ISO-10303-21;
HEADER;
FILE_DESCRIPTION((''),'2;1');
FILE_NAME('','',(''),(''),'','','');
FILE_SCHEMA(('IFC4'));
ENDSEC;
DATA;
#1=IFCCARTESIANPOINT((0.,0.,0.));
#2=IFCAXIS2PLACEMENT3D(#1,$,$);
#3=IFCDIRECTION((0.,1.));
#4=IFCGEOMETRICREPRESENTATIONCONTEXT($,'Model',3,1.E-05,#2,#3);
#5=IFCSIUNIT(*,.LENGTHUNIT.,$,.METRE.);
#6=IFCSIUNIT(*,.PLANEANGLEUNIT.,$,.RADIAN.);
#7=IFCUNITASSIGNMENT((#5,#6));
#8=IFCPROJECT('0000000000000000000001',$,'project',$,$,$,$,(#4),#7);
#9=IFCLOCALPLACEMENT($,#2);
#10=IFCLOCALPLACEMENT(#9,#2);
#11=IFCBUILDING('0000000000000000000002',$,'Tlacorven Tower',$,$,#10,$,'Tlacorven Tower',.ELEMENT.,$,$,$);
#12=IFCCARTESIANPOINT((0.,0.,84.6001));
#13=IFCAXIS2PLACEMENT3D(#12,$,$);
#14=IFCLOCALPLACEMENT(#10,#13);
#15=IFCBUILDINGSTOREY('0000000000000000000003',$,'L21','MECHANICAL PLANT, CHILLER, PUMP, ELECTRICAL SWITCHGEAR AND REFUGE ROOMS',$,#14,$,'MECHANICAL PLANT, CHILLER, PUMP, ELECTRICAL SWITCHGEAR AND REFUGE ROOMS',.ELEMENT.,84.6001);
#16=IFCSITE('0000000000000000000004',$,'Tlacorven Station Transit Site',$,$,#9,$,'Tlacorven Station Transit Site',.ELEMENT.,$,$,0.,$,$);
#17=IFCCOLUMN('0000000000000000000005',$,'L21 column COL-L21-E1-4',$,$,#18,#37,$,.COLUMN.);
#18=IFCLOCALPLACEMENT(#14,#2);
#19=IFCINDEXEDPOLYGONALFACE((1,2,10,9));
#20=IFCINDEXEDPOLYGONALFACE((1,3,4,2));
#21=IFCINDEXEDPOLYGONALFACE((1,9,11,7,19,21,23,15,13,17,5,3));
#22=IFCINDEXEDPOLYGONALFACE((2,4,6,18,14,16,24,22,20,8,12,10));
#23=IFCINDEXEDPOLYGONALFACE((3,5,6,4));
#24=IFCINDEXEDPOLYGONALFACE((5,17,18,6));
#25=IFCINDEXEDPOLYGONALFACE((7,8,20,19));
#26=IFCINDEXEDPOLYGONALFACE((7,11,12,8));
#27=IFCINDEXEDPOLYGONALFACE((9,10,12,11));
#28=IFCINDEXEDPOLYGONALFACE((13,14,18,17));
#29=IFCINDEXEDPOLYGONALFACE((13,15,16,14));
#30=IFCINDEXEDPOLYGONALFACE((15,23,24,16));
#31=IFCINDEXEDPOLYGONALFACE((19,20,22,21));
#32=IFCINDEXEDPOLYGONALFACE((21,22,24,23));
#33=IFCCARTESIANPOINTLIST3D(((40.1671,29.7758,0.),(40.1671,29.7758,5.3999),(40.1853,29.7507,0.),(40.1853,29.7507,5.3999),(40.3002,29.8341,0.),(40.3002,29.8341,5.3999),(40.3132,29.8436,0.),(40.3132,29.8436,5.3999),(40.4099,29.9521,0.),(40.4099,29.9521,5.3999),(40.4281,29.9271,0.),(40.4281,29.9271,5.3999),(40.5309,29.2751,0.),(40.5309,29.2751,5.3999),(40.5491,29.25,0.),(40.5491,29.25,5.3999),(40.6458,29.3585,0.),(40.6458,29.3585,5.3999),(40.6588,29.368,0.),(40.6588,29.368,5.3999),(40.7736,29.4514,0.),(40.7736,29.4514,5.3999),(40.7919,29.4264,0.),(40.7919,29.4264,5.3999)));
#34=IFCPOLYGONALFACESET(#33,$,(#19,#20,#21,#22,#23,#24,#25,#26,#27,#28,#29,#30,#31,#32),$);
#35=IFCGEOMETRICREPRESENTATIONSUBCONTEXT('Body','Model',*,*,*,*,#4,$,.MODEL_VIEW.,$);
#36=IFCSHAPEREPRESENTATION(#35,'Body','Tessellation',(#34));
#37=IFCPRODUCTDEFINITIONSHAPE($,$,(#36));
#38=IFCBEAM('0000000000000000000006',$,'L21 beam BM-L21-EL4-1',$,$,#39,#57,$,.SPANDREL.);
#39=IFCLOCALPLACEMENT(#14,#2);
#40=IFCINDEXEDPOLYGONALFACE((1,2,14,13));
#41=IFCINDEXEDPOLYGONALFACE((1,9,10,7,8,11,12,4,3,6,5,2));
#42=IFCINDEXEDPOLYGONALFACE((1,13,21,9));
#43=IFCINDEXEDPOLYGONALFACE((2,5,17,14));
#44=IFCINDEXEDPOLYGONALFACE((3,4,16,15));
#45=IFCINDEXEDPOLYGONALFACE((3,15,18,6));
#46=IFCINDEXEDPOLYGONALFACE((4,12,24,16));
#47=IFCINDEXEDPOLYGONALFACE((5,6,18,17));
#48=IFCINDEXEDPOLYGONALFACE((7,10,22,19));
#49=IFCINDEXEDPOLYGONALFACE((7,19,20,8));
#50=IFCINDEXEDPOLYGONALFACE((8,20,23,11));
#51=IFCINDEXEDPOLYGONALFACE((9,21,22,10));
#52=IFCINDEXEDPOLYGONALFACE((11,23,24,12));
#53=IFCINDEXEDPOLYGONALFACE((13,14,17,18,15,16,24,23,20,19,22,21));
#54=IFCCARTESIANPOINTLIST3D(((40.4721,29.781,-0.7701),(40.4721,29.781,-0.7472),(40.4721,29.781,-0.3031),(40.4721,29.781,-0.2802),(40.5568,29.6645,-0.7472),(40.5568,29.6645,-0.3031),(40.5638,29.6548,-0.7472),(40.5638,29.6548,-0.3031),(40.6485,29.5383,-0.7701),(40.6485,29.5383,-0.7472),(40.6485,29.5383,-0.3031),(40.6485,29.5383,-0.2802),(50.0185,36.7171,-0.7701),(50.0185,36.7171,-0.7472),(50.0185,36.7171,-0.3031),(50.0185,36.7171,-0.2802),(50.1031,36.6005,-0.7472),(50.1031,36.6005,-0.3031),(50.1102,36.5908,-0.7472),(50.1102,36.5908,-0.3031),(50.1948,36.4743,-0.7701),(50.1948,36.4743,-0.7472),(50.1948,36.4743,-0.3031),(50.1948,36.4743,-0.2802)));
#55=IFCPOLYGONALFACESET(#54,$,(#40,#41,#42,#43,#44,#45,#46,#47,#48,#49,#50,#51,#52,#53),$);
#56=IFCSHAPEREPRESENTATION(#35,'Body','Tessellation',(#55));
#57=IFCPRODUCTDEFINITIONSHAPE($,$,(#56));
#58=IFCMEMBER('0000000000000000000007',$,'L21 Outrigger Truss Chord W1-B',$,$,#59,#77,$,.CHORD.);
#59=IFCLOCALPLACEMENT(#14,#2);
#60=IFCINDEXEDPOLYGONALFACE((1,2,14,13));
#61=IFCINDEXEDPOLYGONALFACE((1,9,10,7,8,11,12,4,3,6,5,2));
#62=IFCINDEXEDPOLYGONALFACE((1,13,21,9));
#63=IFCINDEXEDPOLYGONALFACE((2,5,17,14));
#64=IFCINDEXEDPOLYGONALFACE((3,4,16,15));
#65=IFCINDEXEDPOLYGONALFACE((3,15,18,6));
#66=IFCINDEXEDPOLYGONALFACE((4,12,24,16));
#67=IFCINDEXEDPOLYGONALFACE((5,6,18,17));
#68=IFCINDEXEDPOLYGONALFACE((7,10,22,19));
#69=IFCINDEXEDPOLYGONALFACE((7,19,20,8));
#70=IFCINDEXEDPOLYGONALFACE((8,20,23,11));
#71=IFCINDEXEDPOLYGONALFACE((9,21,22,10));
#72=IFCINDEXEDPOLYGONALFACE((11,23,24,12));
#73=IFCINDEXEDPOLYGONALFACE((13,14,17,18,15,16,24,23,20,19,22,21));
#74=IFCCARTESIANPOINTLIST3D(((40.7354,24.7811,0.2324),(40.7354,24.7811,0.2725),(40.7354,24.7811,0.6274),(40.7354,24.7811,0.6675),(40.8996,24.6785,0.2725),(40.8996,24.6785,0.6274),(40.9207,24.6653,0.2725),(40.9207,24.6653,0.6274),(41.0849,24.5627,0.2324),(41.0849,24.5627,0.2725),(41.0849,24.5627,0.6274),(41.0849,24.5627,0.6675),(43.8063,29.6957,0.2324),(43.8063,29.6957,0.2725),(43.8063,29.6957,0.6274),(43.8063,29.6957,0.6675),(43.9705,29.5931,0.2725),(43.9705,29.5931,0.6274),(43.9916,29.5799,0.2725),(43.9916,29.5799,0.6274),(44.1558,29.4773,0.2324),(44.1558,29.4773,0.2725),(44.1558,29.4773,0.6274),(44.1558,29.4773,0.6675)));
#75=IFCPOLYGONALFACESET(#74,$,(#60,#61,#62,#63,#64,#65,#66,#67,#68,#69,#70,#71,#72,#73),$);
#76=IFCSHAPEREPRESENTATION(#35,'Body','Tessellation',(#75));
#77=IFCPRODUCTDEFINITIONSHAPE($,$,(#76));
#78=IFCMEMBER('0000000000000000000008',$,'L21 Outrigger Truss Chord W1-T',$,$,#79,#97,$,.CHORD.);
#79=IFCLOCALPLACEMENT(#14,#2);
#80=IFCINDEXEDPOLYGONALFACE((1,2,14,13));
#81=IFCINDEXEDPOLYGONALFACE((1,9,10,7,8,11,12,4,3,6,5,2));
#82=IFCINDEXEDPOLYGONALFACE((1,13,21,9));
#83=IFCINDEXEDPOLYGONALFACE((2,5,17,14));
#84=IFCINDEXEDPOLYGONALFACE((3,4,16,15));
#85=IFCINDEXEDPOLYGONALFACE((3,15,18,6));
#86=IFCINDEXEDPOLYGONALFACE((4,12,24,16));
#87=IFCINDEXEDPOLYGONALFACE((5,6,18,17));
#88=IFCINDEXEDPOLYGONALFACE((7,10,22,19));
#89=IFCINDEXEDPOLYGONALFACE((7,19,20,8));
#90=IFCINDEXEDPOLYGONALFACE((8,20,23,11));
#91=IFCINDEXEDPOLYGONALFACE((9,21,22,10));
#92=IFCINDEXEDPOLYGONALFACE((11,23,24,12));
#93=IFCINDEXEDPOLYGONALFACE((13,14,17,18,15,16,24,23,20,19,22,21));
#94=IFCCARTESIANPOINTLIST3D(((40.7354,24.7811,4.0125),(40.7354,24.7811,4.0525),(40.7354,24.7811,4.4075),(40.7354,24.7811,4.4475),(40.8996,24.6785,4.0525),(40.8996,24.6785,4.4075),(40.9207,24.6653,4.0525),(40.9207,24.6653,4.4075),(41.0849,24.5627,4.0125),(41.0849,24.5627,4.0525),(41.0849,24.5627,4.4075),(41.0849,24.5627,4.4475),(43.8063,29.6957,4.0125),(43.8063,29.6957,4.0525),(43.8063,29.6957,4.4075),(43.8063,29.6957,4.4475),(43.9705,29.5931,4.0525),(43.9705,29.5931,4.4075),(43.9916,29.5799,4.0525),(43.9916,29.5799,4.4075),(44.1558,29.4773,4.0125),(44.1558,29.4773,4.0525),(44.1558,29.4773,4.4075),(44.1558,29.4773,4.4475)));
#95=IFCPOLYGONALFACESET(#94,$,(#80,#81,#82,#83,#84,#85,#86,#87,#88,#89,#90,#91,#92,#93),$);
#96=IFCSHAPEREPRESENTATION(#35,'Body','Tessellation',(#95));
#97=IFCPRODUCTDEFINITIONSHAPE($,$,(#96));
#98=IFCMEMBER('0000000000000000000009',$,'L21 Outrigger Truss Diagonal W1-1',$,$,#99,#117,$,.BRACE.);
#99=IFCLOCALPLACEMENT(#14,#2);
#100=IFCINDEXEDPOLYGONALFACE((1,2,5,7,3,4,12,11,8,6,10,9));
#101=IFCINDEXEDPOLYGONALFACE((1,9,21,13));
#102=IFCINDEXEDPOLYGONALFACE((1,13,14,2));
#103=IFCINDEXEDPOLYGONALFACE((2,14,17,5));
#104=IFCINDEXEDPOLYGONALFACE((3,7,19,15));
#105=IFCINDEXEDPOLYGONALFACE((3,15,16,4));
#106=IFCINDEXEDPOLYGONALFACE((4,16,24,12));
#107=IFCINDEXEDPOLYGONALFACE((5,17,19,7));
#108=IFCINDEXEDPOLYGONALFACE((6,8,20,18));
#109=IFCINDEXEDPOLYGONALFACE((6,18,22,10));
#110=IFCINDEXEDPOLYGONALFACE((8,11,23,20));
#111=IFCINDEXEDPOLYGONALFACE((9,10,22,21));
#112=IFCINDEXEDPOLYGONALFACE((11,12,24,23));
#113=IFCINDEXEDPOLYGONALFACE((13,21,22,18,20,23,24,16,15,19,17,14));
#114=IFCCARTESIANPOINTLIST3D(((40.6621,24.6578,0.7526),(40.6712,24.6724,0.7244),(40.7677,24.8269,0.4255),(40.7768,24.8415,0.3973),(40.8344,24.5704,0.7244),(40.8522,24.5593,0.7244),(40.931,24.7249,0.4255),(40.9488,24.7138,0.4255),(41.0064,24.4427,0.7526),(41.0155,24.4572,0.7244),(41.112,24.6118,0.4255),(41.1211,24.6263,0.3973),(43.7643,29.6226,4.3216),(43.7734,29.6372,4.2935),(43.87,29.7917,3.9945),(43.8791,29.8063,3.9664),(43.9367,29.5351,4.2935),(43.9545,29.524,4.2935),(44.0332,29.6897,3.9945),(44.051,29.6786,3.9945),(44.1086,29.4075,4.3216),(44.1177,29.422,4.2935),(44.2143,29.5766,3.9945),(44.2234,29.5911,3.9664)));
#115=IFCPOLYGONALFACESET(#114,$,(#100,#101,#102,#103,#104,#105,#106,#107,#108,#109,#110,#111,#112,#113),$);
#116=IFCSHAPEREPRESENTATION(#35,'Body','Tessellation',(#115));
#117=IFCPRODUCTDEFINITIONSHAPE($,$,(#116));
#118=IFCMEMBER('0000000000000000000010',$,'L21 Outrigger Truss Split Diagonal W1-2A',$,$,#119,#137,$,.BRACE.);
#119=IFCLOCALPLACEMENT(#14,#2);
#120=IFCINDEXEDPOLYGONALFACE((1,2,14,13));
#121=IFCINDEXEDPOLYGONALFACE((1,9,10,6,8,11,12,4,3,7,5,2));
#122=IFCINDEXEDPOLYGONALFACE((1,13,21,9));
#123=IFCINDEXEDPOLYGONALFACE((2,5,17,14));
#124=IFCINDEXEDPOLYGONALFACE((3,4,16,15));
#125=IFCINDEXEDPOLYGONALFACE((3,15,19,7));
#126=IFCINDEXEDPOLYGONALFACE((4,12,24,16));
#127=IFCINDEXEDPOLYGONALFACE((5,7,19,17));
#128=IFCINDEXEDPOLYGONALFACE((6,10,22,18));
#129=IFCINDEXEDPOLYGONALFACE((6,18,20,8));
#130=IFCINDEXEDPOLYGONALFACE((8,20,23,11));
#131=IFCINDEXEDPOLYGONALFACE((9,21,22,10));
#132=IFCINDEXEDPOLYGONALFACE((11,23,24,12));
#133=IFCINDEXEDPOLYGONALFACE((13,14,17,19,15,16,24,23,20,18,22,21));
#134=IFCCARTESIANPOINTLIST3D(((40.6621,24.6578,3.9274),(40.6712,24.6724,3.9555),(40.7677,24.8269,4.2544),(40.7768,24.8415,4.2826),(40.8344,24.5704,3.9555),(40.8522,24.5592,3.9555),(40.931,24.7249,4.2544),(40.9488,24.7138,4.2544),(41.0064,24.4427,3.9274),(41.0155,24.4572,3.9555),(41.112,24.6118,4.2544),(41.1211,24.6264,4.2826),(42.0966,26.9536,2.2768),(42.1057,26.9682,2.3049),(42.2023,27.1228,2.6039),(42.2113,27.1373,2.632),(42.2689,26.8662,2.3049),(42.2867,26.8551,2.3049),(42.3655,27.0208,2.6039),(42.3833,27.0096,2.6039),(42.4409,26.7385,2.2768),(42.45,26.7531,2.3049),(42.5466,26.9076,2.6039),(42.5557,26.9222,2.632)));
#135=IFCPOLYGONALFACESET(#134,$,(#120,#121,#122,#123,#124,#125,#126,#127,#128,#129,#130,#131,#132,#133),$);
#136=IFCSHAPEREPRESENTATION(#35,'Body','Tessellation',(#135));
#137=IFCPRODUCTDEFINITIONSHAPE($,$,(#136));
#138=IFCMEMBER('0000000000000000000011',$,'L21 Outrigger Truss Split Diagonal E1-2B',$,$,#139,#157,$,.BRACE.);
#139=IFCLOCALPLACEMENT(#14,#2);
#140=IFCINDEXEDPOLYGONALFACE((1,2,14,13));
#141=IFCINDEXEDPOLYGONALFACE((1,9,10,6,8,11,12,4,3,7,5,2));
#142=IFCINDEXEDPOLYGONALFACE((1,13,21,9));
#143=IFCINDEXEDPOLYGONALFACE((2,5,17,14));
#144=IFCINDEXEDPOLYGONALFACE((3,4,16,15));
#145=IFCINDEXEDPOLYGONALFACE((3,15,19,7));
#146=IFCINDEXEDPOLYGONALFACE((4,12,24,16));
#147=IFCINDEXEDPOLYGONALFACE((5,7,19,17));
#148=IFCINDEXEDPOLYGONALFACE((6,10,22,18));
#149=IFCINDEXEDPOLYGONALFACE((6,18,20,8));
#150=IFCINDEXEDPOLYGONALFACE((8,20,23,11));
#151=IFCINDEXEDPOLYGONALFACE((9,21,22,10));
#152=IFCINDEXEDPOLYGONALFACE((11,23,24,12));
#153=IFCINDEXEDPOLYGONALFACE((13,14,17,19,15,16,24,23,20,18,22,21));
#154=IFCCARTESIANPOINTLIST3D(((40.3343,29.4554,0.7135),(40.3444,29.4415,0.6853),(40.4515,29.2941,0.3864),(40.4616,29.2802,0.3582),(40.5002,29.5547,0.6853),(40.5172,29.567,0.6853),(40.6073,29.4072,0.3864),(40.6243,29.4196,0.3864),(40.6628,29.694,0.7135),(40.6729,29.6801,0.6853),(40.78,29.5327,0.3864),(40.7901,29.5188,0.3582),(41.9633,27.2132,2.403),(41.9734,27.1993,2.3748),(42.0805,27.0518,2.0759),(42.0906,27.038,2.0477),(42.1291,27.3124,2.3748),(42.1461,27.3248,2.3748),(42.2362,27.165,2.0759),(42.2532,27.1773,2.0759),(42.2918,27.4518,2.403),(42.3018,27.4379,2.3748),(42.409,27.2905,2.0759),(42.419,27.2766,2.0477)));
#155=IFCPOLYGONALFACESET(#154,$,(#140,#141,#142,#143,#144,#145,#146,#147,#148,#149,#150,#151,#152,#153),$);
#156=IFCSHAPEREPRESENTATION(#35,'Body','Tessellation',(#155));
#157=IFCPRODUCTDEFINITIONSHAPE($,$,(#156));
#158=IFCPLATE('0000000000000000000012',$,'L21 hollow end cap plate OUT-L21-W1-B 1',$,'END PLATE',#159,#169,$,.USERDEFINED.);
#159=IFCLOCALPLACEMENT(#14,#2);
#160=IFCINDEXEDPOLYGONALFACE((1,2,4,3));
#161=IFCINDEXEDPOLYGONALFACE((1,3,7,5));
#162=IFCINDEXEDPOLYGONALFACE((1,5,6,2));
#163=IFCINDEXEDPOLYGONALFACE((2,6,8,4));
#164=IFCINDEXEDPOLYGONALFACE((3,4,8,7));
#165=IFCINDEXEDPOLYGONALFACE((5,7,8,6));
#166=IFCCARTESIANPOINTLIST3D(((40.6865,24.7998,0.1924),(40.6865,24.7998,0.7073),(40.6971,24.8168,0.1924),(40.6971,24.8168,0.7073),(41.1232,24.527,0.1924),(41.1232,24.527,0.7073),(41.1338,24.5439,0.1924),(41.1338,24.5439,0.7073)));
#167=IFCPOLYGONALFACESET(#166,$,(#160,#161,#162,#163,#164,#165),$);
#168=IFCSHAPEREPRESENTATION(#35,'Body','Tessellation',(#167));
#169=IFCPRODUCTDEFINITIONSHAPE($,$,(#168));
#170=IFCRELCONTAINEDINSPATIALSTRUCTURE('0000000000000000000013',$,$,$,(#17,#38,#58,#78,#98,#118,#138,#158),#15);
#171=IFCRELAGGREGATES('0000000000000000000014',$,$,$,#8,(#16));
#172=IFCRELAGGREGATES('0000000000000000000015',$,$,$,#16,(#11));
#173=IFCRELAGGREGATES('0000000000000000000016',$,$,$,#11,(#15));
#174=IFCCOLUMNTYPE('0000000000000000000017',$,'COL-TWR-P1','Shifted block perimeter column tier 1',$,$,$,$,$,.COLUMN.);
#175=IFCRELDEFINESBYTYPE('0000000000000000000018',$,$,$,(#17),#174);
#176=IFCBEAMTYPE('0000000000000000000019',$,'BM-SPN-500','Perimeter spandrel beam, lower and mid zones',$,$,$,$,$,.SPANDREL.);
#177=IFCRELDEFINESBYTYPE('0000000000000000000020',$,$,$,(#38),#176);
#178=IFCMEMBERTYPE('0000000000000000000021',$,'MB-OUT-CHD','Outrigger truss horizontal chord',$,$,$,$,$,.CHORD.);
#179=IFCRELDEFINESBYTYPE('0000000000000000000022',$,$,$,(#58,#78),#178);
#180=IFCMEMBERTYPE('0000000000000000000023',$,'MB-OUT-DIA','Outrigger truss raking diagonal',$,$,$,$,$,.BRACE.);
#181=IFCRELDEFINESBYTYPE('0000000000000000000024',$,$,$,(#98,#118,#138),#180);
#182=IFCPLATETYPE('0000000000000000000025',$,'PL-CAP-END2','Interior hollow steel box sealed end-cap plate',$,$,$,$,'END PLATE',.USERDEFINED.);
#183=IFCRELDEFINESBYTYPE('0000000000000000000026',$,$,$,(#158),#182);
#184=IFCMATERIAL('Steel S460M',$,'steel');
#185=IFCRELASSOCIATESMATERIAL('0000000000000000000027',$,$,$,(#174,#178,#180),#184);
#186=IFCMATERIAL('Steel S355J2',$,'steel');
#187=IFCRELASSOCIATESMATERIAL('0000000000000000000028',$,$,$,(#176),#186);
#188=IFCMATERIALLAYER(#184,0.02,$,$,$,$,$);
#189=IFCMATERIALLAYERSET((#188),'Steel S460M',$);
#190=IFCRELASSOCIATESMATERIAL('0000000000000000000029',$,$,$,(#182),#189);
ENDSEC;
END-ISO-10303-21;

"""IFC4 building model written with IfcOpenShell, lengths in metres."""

from ifc_helpers import new_model, si_unit, direction, frame, origin, origin_2d, place, context, subcontext, project, spatial, rectangle, i_section, extrude, source, transform, mapped, material, layer, layer_set, material_profile, profile_set, type_object, element, save


model = new_model("IFC4")

# Units and contexts
model_context = context("Model", 3, precision=1e-05, world=origin(), true_north=direction((0.0, 1.0)))
body_context = subcontext(model_context, "Body", "Model", "MODEL_VIEW")
ifc_project = project(units=[si_unit("LENGTHUNIT", "METRE"), si_unit("PLANEANGLEUNIT", "RADIAN")], contexts=[model_context])

# Site, building, storey
site_placement = place(None, origin())
site = spatial("IfcSite", under=ifc_project, at=site_placement, Name="Tlacorven Station Transit Site", LongName="Tlacorven Station Transit Site", CompositionType="ELEMENT", RefElevation=0.0)
building_placement = place(site_placement, origin())
building = spatial("IfcBuilding", under=site, at=building_placement, Name="Tlacorven Tower", LongName="Tlacorven Tower", CompositionType="ELEMENT")
storey_placement = place(building_placement, frame((0.0, 0.0, 84.6001)))
storey = spatial("IfcBuildingStorey", under=building, at=storey_placement, Name="L21", Description="MECHANICAL PLANT, CHILLER, PUMP, ELECTRICAL SWITCHGEAR AND REFUGE ROOMS", LongName="MECHANICAL PLANT, CHILLER, PUMP, ELECTRICAL SWITCHGEAR AND REFUGE ROOMS", CompositionType="ELEMENT", Elevation=84.6001)

# Column
ifc_material_1 = material(Name="Steel S460M", Category="steel")
ifc_material_profile_1 = material_profile(ifc_material_1, i_section(OverallWidth=0.3, OverallDepth=0.6499, WebThickness=0.0161, FlangeThickness=0.031, at=origin_2d()), Name="HEB 650")
ifc_profile_set_1 = profile_set([ifc_material_profile_1], Name="Steel S460M")
column_type = type_object("IfcColumnType", Name="COL-TWR-P1", Description="Shifted block perimeter column tier 1", PredefinedType="COLUMN", material=ifc_profile_set_1)
shared_shape_1 = source(origin(), body_context, "Body", "SweptSolid", [
    extrude(i_section(OverallWidth=0.3, OverallDepth=0.6499, WebThickness=0.0161, FlangeThickness=0.031, at=origin_2d()), origin(), (0.0, 0.0, 1.0), 5.3999),
])
column_placement = place(storey_placement, frame((40.4795, 29.6011, 0.0), z_axis=(0.0, 0.0, 1.0), x_axis=(0.809017, 0.587785, 0.0)))
element("IfcColumn", 1, at=column_placement, inside=storey, type_object=column_type, Name="L21 column COL-L21-E1-4", PredefinedType="COLUMN", context=body_context, shape_type="MappedRepresentation", body=[
    mapped(shared_shape_1, transform((0.0, 0.0, 0.0), scale=1.0)),
])

# Beam
ifc_material_2 = material(Name="Steel S355J2", Category="steel")
ifc_material_profile_2 = material_profile(ifc_material_2, i_section(OverallWidth=0.3, OverallDepth=0.49, WebThickness=0.012, FlangeThickness=0.0229, at=origin_2d()), Name="HEA 500")
ifc_profile_set_2 = profile_set([ifc_material_profile_2], Name="Steel S355J2")
beam_type = type_object("IfcBeamType", Name="BM-SPN-500", Description="Perimeter spandrel beam, lower and mid zones", PredefinedType="SPANDREL", material=ifc_profile_set_2)
shared_shape_2 = source(origin(), body_context, "Body", "SweptSolid", [
    extrude(i_section(OverallWidth=0.3, OverallDepth=0.49, WebThickness=0.012, FlangeThickness=0.0229, at=origin_2d()), origin(), (0.0, 0.0, 1.0), 11.8),
])
beam_placement = place(storey_placement, frame((40.5603, 29.6597, -0.5251), z_axis=(0.80901, 0.587795, 0.0), x_axis=(-0.587795, 0.80901, 0.0)))
element("IfcBeam", 2, at=beam_placement, inside=storey, type_object=beam_type, Name="L21 beam BM-L21-EL4-1", PredefinedType="SPANDREL", context=body_context, shape_type="MappedRepresentation", body=[
    mapped(shared_shape_2, transform((0.0, 0.0, 0.0), scale=1.0)),
])

# Members
ifc_material_profile_3 = material_profile(ifc_material_1, i_section(OverallWidth=0.4121, OverallDepth=0.4351, WebThickness=0.0249, FlangeThickness=0.04, at=origin_2d()), Name="HD 400X463")
ifc_profile_set_3 = profile_set([ifc_material_profile_3], Name="Steel S460M")
member_type_1 = type_object("IfcMemberType", Name="MB-OUT-CHD", Description="Outrigger truss horizontal chord", PredefinedType="CHORD", material=ifc_profile_set_3)
shared_shape_3 = source(origin(), body_context, "Body", "SweptSolid", [
    extrude(i_section(OverallWidth=0.4121, OverallDepth=0.4351, WebThickness=0.0249, FlangeThickness=0.04, at=origin_2d()), origin(), (0.0, 0.0, 1.0), 5.7952),
])
for number, where, z_axis, x_axis, name in (
    (3, (40.9102, 24.6719, 0.45), (0.5299, 0.84806, 0.0), (-0.84806, 0.5299, 0.0), "L21 Outrigger Truss Chord W1-B"),
    (4, (40.9102, 24.6719, 4.23), (0.5299, 0.84806, 0.0), (-0.84806, 0.5299, 0.0), "L21 Outrigger Truss Chord W1-T"),
):
    element("IfcMember", number, at=place(storey_placement, frame(where, z_axis=z_axis, x_axis=x_axis)), inside=storey, type_object=member_type_1, Name=name, PredefinedType="CHORD", context=body_context, shape_type="MappedRepresentation", body=[
        mapped(shared_shape_3, transform((0.0, 0.0, 0.0), scale=1.0)),
    ])
ifc_material_profile_4 = material_profile(ifc_material_1, i_section(OverallWidth=0.406, OverallDepth=0.416, WebThickness=0.021, FlangeThickness=0.033, at=origin_2d()), Name="HD 400X382")
ifc_profile_set_4 = profile_set([ifc_material_profile_4], Name="Steel S460M")
member_type_2 = type_object("IfcMemberType", Name="MB-OUT-DIA", Description="Outrigger truss raking diagonal", PredefinedType="BRACE", material=ifc_profile_set_4)
shared_shape_4 = source(origin(), body_context, "Body", "SweptSolid", [
    extrude(i_section(OverallWidth=0.406, OverallDepth=0.416, WebThickness=0.021, FlangeThickness=0.033, at=origin_2d()), origin(), (0.0, 0.0, 1.0), 6.8564),
])
member_1_placement = place(storey_placement, frame((40.8916, 24.6421, 0.575), z_axis=(0.452457, 0.724102, 0.520537), x_axis=(-0.848055, 0.529909, 0.0)))
element("IfcMember", 5, at=member_1_placement, inside=storey, type_object=member_type_2, Name="L21 Outrigger Truss Diagonal W1-1", PredefinedType="BRACE", context=body_context, shape_type="MappedRepresentation", body=[
    mapped(shared_shape_4, transform((0.0, 0.0, 0.0), scale=1.0)),
])
shared_shape_5 = source(origin(), body_context, "Body", "SweptSolid", [
    extrude(i_section(OverallWidth=0.406, OverallDepth=0.416, WebThickness=0.021, FlangeThickness=0.033, at=origin_2d()), origin(), (0.0, 0.0, 1.0), 3.1707),
])
member_2_placement = place(storey_placement, frame((40.8916, 24.6421, 4.105), z_axis=(0.452437, 0.724084, -0.52058), x_axis=(-0.848059, 0.529902, 0.0)))
element("IfcMember", 6, at=member_2_placement, inside=storey, type_object=member_type_2, Name="L21 Outrigger Truss Split Diagonal W1-2A", PredefinedType="BRACE", context=body_context, shape_type="MappedRepresentation", body=[
    mapped(shared_shape_5, transform((0.0, 0.0, 0.0), scale=1.0)),
])
shared_shape_6 = source(origin(), body_context, "Body", "SweptSolid", [
    extrude(i_section(OverallWidth=0.406, OverallDepth=0.416, WebThickness=0.021, FlangeThickness=0.033, at=origin_2d()), origin(), (0.0, 0.0, 1.0), 3.2458),
])
member_3_placement = place(storey_placement, frame((42.1912, 27.2449, 2.2253), z_axis=(-0.501856, 0.690804, -0.52051), x_axis=(-0.809041, -0.587753, 0.0)))
element("IfcMember", 7, at=member_3_placement, inside=storey, type_object=member_type_2, Name="L21 Outrigger Truss Split Diagonal E1-2B", PredefinedType="BRACE", context=body_context, shape_type="MappedRepresentation", body=[
    mapped(shared_shape_6, transform((0.0, 0.0, 0.0), scale=1.0)),
])

# Plate
ifc_layer_1 = layer(ifc_material_1, 0.02)
ifc_layer_set_1 = layer_set([ifc_layer_1], Name="Steel S460M")
plate_type_1 = type_object("IfcPlateType", Name="PL-CAP-END2", Description="Interior hollow steel box sealed end-cap plate", ElementType="END PLATE", PredefinedType="USERDEFINED", material=ifc_layer_set_1)
shared_shape_7 = source(origin(), body_context, "Body", "SweptSolid", [
    extrude(rectangle(XDim=0.02, YDim=0.5149, at=origin_2d()), origin(), (0.0, 0.0, 1.0), 0.5149),
])
for number, where, z_axis, x_axis, name in (
    (8, (40.9102, 24.6719, 0.1924), (0.0, 0.0, 1.0), (0.529919, 0.848048, 0.0), "L21 hollow end cap plate OUT-L21-W1-B 1"),
):
    element("IfcPlate", number, at=place(storey_placement, frame(where, z_axis=z_axis, x_axis=x_axis)), inside=storey, type_object=plate_type_1, Name=name, ObjectType="END PLATE", PredefinedType="USERDEFINED", context=body_context, shape_type="MappedRepresentation", body=[
        mapped(shared_shape_7, transform((0.0, 0.0, 0.0), scale=1.0)),
    ])

save(model, "model.ifc")
